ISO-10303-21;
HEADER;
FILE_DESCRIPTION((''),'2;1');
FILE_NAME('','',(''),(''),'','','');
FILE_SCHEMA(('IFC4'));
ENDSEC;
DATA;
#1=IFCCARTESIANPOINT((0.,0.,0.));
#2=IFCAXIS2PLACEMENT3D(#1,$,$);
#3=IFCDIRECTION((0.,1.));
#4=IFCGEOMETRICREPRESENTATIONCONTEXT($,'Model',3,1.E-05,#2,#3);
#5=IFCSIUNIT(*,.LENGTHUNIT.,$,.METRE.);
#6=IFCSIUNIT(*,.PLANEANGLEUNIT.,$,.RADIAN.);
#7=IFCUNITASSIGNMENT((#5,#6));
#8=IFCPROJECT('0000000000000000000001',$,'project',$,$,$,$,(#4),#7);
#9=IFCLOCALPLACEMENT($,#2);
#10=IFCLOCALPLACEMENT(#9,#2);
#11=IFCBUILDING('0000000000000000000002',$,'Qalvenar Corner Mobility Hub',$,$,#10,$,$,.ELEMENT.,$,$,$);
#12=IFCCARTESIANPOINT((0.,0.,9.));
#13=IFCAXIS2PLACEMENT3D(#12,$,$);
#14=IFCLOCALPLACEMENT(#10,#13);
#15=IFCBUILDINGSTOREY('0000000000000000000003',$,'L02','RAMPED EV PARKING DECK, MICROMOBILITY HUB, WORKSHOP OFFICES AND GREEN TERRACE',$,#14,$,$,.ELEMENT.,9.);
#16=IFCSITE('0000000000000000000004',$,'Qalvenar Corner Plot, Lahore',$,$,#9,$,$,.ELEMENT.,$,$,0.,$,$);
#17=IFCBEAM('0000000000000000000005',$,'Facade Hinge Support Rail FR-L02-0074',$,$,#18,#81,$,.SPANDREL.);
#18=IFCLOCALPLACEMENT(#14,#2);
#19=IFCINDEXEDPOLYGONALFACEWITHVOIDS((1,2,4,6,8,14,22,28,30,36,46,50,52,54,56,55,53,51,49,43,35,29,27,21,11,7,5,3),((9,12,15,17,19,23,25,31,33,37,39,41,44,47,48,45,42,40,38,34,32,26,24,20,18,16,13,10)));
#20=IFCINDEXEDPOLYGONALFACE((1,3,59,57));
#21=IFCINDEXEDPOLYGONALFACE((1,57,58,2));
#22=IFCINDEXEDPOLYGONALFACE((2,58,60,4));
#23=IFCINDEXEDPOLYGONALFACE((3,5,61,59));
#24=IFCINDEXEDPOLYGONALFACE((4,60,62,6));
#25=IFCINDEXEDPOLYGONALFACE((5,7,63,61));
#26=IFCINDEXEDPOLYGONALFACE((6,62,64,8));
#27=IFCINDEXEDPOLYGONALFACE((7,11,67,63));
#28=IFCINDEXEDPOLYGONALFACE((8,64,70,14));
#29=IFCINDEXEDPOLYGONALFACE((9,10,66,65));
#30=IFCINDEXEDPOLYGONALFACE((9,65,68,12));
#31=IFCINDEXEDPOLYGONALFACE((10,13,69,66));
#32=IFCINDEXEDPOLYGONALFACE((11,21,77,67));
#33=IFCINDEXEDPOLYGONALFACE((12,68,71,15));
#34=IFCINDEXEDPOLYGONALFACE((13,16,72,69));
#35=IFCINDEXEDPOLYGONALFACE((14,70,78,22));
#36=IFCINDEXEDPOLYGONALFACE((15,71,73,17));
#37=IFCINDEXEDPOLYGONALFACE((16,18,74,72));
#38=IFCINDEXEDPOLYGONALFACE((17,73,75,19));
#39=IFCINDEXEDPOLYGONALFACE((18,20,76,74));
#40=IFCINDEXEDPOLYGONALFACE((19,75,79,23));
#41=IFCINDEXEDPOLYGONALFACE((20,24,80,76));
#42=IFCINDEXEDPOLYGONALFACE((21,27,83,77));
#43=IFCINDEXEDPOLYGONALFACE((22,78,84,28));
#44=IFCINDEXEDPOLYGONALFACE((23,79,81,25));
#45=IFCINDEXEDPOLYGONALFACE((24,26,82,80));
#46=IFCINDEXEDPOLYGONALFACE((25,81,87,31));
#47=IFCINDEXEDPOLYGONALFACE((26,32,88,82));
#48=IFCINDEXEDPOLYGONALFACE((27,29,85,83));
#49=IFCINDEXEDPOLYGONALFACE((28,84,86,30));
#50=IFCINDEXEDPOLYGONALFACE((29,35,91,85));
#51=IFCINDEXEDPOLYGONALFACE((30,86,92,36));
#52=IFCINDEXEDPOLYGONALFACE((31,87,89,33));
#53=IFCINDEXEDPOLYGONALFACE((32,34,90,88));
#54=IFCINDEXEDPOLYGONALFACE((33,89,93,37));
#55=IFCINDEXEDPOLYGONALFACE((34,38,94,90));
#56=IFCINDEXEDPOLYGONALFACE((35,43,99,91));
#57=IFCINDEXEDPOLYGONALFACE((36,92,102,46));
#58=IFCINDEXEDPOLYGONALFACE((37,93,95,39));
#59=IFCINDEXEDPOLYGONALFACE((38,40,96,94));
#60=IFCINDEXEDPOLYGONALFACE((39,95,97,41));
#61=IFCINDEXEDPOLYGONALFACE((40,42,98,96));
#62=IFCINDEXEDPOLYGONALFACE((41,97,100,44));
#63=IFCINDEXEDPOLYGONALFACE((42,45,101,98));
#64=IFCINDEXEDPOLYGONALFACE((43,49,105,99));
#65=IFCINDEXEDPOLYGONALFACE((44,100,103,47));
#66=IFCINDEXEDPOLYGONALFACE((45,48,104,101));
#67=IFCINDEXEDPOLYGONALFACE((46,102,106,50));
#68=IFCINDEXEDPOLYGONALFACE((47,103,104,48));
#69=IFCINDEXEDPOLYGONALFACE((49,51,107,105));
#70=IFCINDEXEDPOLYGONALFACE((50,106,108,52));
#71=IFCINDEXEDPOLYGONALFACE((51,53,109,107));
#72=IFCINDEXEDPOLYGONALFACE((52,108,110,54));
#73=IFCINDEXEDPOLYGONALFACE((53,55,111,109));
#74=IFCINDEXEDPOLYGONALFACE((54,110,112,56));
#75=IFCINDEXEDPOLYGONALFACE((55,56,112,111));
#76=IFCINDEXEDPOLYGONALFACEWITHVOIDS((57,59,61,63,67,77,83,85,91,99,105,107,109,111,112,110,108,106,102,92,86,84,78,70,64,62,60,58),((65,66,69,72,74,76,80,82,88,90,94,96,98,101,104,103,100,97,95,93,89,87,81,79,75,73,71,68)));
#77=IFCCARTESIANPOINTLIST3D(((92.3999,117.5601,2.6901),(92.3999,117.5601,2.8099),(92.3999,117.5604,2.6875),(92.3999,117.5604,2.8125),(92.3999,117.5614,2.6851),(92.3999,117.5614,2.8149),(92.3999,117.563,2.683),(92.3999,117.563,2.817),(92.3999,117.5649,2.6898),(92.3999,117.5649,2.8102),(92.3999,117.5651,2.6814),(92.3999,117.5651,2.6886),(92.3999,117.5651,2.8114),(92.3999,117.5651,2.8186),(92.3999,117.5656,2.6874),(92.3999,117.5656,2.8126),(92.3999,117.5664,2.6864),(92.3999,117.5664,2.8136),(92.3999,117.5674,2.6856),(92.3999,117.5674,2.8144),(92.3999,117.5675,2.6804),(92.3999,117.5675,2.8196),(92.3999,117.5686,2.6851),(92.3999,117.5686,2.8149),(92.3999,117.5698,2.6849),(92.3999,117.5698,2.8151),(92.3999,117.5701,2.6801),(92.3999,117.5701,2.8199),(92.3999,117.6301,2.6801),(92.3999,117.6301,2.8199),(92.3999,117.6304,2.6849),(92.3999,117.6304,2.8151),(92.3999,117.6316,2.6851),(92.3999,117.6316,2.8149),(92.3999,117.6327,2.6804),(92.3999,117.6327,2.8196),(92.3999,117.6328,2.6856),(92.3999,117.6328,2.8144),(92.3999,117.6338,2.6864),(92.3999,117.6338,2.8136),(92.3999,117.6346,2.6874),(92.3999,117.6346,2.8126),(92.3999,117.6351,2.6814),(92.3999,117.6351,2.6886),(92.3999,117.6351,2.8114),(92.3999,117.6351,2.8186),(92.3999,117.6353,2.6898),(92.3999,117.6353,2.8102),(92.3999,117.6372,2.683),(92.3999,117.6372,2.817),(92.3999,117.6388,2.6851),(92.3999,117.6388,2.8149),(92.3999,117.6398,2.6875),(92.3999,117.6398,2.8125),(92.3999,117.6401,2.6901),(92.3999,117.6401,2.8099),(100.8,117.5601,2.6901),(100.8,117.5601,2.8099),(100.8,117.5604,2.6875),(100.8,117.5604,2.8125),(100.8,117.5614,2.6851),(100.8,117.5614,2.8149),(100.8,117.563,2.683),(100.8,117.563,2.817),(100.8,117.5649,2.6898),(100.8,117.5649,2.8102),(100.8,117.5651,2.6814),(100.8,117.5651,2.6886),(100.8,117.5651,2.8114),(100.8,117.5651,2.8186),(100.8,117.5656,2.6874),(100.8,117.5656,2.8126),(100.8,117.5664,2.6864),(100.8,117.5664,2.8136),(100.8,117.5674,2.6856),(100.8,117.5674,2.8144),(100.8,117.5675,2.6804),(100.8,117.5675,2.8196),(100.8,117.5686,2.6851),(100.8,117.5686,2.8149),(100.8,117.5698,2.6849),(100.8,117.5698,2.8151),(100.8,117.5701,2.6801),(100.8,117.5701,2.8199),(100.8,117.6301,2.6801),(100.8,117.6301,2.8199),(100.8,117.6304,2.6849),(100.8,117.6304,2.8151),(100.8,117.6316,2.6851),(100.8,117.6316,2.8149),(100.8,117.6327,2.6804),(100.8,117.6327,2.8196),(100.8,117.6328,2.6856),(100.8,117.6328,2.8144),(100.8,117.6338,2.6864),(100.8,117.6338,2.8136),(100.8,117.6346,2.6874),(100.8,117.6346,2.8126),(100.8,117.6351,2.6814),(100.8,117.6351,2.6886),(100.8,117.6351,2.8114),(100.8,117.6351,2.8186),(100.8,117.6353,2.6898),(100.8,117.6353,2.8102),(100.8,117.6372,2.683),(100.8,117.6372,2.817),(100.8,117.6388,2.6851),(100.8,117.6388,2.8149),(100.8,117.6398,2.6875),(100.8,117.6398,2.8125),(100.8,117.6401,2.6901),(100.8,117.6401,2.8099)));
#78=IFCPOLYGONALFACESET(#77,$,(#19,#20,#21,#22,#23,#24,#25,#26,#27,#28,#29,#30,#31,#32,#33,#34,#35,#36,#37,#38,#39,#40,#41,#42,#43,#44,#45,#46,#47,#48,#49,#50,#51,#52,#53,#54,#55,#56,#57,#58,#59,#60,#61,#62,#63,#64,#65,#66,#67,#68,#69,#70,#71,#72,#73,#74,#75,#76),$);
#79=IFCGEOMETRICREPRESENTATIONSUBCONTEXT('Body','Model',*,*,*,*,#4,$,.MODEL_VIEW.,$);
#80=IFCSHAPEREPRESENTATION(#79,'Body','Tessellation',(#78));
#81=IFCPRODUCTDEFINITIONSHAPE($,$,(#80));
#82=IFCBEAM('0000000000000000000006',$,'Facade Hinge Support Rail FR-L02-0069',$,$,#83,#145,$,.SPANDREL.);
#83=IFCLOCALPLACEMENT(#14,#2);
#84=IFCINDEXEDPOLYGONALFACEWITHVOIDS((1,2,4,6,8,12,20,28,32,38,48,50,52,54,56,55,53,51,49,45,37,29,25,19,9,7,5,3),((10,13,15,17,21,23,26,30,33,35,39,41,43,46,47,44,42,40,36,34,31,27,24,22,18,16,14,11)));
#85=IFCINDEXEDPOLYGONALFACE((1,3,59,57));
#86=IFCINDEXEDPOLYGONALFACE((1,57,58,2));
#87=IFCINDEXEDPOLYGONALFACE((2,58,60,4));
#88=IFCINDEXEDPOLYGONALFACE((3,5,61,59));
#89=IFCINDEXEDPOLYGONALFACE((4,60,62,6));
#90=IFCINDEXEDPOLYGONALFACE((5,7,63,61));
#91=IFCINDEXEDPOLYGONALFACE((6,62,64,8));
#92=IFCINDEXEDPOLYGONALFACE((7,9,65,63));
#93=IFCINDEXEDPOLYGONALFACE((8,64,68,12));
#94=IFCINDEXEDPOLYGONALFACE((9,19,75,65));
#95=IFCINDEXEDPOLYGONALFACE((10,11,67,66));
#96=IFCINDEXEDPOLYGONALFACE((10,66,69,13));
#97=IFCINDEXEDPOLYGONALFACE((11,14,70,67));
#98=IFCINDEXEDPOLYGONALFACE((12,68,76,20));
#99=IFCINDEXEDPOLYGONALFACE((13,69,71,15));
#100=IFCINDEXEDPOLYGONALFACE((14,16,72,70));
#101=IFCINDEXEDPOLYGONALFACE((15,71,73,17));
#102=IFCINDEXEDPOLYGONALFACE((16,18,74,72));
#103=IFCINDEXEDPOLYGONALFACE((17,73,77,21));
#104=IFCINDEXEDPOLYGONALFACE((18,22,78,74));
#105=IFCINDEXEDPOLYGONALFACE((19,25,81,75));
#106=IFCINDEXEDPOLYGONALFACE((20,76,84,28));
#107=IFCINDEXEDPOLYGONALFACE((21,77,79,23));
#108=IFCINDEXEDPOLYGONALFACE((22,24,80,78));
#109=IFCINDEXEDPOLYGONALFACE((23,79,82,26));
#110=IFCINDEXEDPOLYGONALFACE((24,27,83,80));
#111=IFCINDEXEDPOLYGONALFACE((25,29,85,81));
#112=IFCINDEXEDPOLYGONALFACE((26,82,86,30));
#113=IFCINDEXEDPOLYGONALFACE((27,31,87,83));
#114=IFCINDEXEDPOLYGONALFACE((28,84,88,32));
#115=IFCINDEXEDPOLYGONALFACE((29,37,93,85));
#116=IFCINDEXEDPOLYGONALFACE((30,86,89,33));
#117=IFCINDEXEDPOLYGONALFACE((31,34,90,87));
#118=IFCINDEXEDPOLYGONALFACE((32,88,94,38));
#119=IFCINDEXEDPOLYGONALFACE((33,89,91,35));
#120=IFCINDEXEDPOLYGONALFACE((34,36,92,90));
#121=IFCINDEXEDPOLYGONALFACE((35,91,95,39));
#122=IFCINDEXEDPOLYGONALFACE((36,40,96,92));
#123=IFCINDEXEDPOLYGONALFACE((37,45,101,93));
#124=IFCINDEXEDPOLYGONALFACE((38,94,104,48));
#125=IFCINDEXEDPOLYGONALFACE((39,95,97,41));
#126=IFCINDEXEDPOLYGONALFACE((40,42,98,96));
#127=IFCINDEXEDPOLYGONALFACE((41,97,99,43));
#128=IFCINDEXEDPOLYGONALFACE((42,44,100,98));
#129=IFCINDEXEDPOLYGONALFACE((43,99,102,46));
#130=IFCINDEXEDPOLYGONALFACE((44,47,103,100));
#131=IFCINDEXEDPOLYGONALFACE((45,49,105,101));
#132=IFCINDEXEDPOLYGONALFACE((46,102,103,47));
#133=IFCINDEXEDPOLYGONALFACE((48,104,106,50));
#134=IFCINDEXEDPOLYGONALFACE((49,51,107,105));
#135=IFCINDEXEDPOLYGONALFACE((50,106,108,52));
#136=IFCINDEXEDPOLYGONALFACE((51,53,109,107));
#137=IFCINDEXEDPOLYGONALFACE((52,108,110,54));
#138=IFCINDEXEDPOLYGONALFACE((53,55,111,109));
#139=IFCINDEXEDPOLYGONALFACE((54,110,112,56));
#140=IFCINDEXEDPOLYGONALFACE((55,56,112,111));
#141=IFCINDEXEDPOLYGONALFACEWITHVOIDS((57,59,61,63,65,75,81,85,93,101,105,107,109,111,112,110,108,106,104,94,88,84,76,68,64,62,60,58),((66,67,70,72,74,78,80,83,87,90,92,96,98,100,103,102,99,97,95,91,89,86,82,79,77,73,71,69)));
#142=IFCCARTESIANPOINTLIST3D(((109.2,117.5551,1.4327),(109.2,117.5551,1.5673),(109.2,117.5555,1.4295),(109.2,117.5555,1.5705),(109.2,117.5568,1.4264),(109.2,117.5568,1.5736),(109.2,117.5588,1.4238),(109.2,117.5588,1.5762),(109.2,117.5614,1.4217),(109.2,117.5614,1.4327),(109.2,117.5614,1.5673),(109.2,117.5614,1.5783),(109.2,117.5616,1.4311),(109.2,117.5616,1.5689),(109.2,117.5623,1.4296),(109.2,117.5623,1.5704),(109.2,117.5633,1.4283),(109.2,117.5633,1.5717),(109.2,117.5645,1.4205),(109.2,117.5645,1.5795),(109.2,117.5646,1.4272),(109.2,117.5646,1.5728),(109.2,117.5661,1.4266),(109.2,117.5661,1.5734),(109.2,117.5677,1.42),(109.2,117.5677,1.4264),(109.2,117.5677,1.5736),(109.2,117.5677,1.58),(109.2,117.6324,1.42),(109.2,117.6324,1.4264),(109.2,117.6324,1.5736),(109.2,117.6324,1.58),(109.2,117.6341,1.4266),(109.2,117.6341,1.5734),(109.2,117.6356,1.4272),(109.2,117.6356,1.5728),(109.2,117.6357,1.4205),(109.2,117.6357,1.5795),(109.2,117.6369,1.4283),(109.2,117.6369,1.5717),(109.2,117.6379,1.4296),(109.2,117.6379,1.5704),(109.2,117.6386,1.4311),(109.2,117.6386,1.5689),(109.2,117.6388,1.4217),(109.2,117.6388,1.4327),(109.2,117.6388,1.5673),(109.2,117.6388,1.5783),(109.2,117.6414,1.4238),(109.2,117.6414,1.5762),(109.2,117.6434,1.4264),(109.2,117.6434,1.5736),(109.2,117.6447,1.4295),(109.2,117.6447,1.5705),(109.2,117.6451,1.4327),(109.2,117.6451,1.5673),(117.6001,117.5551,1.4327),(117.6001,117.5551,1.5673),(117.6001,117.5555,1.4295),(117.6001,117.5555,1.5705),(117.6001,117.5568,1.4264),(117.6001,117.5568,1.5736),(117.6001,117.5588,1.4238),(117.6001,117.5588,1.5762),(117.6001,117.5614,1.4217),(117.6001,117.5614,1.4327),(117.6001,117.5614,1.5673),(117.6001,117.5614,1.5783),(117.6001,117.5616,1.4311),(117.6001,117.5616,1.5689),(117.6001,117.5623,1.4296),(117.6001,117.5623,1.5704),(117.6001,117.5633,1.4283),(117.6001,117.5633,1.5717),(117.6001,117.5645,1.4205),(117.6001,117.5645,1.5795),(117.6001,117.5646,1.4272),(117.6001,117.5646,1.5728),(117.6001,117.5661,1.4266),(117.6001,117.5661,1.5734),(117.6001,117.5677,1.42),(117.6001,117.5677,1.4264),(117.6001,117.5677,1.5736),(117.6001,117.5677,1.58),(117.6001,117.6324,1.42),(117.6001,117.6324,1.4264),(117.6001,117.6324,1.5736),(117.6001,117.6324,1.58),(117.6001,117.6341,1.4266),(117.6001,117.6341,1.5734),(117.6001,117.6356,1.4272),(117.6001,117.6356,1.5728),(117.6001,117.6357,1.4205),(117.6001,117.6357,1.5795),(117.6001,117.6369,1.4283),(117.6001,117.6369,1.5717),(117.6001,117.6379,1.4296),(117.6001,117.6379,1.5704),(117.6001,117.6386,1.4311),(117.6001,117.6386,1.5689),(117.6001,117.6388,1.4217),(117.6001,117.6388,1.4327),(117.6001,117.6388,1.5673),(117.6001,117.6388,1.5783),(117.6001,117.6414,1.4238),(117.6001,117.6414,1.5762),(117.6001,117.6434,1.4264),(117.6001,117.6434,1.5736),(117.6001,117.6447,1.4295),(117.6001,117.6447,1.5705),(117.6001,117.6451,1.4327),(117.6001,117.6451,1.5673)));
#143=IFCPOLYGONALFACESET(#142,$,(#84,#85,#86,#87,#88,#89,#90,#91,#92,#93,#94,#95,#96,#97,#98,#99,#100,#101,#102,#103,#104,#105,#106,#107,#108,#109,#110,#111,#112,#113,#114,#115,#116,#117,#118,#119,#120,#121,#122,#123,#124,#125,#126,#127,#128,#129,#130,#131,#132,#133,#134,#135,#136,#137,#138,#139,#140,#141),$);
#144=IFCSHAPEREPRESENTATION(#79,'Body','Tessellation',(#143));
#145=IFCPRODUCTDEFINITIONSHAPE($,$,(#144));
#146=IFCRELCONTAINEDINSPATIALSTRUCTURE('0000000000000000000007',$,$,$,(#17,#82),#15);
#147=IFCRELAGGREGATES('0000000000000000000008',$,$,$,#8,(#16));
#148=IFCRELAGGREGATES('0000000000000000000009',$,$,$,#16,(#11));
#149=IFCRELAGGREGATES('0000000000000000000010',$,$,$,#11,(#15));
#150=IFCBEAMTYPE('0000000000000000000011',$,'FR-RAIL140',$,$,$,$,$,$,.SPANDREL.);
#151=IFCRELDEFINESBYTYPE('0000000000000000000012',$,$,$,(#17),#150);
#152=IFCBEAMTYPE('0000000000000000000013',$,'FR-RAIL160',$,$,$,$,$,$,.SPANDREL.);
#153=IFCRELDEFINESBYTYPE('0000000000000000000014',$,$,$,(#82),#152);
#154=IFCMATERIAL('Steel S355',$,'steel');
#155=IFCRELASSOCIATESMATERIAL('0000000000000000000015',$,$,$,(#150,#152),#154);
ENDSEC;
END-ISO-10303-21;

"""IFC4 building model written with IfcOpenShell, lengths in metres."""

from ifc_helpers import new_model, si_unit, direction, frame, origin, origin_2d, place, context, subcontext, project, spatial, hollow_rectangle, extrude, material, material_profile, profile_set, type_object, element, save


model = new_model("IFC4")

# Units and contexts
model_context = context("Model", 3, precision=1e-05, world=origin(), true_north=direction((0.0, 1.0)))
body_context = subcontext(model_context, "Body", "Model", "MODEL_VIEW")
ifc_project = project(units=[si_unit("LENGTHUNIT", "METRE"), si_unit("PLANEANGLEUNIT", "RADIAN")], contexts=[model_context])

# Site, building, storey
site_placement = place(None, origin())
site = spatial("IfcSite", under=ifc_project, at=site_placement, Name="Qalvenar Corner Plot, Lahore", CompositionType="ELEMENT", RefElevation=0.0)
building_placement = place(site_placement, origin())
building = spatial("IfcBuilding", under=site, at=building_placement, Name="Qalvenar Corner Mobility Hub", CompositionType="ELEMENT")
storey_placement = place(building_placement, frame((0.0, 0.0, 9.0)))
storey = spatial("IfcBuildingStorey", under=building, at=storey_placement, Name="L02", Description="RAMPED EV PARKING DECK, MICROMOBILITY HUB, WORKSHOP OFFICES AND GREEN TERRACE", CompositionType="ELEMENT", Elevation=9.0)

# Shared definitions
ifc_material = material(Name="Steel S355", Category="steel")

# Beams
ifc_material_profile_1 = material_profile(ifc_material, hollow_rectangle(XDim=0.0801, YDim=0.1399, WallThickness=0.0049, InnerFilletRadius=0.0049, OuterFilletRadius=0.01, at=origin_2d()), Name="RHS140x80x5")
ifc_profile_set_1 = profile_set([ifc_material_profile_1], Name="Steel S355")
beam_type_1 = type_object("IfcBeamType", Name="FR-RAIL140", PredefinedType="SPANDREL", material=ifc_profile_set_1)
beam_1_placement = place(storey_placement, frame((100.8, 117.6001, 2.75), z_axis=(-1.0, 0.0, 0.0), x_axis=(0.0, -1.0, 0.0)))
element("IfcBeam", 1, at=beam_1_placement, inside=storey, type_object=beam_type_1, Name="Facade Hinge Support Rail FR-L02-0074", PredefinedType="SPANDREL", context=body_context, shape_type="SweptSolid", body=[
    extrude(hollow_rectangle(XDim=0.0801, YDim=0.1399, WallThickness=0.0049, InnerFilletRadius=0.0049, OuterFilletRadius=0.01, at=origin_2d()), origin(), (0.0, 0.0, 1.0), 8.4001),
])
ifc_material_profile_2 = material_profile(ifc_material, hollow_rectangle(XDim=0.0901, YDim=0.1599, WallThickness=0.0063, InnerFilletRadius=0.0063, OuterFilletRadius=0.0127, at=origin_2d()), Name="RHS160x90x6.3")
ifc_profile_set_2 = profile_set([ifc_material_profile_2], Name="Steel S355")
beam_type_2 = type_object("IfcBeamType", Name="FR-RAIL160", PredefinedType="SPANDREL", material=ifc_profile_set_2)
beam_2_placement = place(storey_placement, frame((117.6001, 117.6001, 1.5), z_axis=(-1.0, 0.0, 0.0), x_axis=(0.0, -1.0, 0.0)))
element("IfcBeam", 2, at=beam_2_placement, inside=storey, type_object=beam_type_2, Name="Facade Hinge Support Rail FR-L02-0069", PredefinedType="SPANDREL", context=body_context, shape_type="SweptSolid", body=[
    extrude(hollow_rectangle(XDim=0.0901, YDim=0.1599, WallThickness=0.0063, InnerFilletRadius=0.0063, OuterFilletRadius=0.0127, at=origin_2d()), origin(), (0.0, 0.0, 1.0), 8.4001),
])

save(model, "model.ifc")
